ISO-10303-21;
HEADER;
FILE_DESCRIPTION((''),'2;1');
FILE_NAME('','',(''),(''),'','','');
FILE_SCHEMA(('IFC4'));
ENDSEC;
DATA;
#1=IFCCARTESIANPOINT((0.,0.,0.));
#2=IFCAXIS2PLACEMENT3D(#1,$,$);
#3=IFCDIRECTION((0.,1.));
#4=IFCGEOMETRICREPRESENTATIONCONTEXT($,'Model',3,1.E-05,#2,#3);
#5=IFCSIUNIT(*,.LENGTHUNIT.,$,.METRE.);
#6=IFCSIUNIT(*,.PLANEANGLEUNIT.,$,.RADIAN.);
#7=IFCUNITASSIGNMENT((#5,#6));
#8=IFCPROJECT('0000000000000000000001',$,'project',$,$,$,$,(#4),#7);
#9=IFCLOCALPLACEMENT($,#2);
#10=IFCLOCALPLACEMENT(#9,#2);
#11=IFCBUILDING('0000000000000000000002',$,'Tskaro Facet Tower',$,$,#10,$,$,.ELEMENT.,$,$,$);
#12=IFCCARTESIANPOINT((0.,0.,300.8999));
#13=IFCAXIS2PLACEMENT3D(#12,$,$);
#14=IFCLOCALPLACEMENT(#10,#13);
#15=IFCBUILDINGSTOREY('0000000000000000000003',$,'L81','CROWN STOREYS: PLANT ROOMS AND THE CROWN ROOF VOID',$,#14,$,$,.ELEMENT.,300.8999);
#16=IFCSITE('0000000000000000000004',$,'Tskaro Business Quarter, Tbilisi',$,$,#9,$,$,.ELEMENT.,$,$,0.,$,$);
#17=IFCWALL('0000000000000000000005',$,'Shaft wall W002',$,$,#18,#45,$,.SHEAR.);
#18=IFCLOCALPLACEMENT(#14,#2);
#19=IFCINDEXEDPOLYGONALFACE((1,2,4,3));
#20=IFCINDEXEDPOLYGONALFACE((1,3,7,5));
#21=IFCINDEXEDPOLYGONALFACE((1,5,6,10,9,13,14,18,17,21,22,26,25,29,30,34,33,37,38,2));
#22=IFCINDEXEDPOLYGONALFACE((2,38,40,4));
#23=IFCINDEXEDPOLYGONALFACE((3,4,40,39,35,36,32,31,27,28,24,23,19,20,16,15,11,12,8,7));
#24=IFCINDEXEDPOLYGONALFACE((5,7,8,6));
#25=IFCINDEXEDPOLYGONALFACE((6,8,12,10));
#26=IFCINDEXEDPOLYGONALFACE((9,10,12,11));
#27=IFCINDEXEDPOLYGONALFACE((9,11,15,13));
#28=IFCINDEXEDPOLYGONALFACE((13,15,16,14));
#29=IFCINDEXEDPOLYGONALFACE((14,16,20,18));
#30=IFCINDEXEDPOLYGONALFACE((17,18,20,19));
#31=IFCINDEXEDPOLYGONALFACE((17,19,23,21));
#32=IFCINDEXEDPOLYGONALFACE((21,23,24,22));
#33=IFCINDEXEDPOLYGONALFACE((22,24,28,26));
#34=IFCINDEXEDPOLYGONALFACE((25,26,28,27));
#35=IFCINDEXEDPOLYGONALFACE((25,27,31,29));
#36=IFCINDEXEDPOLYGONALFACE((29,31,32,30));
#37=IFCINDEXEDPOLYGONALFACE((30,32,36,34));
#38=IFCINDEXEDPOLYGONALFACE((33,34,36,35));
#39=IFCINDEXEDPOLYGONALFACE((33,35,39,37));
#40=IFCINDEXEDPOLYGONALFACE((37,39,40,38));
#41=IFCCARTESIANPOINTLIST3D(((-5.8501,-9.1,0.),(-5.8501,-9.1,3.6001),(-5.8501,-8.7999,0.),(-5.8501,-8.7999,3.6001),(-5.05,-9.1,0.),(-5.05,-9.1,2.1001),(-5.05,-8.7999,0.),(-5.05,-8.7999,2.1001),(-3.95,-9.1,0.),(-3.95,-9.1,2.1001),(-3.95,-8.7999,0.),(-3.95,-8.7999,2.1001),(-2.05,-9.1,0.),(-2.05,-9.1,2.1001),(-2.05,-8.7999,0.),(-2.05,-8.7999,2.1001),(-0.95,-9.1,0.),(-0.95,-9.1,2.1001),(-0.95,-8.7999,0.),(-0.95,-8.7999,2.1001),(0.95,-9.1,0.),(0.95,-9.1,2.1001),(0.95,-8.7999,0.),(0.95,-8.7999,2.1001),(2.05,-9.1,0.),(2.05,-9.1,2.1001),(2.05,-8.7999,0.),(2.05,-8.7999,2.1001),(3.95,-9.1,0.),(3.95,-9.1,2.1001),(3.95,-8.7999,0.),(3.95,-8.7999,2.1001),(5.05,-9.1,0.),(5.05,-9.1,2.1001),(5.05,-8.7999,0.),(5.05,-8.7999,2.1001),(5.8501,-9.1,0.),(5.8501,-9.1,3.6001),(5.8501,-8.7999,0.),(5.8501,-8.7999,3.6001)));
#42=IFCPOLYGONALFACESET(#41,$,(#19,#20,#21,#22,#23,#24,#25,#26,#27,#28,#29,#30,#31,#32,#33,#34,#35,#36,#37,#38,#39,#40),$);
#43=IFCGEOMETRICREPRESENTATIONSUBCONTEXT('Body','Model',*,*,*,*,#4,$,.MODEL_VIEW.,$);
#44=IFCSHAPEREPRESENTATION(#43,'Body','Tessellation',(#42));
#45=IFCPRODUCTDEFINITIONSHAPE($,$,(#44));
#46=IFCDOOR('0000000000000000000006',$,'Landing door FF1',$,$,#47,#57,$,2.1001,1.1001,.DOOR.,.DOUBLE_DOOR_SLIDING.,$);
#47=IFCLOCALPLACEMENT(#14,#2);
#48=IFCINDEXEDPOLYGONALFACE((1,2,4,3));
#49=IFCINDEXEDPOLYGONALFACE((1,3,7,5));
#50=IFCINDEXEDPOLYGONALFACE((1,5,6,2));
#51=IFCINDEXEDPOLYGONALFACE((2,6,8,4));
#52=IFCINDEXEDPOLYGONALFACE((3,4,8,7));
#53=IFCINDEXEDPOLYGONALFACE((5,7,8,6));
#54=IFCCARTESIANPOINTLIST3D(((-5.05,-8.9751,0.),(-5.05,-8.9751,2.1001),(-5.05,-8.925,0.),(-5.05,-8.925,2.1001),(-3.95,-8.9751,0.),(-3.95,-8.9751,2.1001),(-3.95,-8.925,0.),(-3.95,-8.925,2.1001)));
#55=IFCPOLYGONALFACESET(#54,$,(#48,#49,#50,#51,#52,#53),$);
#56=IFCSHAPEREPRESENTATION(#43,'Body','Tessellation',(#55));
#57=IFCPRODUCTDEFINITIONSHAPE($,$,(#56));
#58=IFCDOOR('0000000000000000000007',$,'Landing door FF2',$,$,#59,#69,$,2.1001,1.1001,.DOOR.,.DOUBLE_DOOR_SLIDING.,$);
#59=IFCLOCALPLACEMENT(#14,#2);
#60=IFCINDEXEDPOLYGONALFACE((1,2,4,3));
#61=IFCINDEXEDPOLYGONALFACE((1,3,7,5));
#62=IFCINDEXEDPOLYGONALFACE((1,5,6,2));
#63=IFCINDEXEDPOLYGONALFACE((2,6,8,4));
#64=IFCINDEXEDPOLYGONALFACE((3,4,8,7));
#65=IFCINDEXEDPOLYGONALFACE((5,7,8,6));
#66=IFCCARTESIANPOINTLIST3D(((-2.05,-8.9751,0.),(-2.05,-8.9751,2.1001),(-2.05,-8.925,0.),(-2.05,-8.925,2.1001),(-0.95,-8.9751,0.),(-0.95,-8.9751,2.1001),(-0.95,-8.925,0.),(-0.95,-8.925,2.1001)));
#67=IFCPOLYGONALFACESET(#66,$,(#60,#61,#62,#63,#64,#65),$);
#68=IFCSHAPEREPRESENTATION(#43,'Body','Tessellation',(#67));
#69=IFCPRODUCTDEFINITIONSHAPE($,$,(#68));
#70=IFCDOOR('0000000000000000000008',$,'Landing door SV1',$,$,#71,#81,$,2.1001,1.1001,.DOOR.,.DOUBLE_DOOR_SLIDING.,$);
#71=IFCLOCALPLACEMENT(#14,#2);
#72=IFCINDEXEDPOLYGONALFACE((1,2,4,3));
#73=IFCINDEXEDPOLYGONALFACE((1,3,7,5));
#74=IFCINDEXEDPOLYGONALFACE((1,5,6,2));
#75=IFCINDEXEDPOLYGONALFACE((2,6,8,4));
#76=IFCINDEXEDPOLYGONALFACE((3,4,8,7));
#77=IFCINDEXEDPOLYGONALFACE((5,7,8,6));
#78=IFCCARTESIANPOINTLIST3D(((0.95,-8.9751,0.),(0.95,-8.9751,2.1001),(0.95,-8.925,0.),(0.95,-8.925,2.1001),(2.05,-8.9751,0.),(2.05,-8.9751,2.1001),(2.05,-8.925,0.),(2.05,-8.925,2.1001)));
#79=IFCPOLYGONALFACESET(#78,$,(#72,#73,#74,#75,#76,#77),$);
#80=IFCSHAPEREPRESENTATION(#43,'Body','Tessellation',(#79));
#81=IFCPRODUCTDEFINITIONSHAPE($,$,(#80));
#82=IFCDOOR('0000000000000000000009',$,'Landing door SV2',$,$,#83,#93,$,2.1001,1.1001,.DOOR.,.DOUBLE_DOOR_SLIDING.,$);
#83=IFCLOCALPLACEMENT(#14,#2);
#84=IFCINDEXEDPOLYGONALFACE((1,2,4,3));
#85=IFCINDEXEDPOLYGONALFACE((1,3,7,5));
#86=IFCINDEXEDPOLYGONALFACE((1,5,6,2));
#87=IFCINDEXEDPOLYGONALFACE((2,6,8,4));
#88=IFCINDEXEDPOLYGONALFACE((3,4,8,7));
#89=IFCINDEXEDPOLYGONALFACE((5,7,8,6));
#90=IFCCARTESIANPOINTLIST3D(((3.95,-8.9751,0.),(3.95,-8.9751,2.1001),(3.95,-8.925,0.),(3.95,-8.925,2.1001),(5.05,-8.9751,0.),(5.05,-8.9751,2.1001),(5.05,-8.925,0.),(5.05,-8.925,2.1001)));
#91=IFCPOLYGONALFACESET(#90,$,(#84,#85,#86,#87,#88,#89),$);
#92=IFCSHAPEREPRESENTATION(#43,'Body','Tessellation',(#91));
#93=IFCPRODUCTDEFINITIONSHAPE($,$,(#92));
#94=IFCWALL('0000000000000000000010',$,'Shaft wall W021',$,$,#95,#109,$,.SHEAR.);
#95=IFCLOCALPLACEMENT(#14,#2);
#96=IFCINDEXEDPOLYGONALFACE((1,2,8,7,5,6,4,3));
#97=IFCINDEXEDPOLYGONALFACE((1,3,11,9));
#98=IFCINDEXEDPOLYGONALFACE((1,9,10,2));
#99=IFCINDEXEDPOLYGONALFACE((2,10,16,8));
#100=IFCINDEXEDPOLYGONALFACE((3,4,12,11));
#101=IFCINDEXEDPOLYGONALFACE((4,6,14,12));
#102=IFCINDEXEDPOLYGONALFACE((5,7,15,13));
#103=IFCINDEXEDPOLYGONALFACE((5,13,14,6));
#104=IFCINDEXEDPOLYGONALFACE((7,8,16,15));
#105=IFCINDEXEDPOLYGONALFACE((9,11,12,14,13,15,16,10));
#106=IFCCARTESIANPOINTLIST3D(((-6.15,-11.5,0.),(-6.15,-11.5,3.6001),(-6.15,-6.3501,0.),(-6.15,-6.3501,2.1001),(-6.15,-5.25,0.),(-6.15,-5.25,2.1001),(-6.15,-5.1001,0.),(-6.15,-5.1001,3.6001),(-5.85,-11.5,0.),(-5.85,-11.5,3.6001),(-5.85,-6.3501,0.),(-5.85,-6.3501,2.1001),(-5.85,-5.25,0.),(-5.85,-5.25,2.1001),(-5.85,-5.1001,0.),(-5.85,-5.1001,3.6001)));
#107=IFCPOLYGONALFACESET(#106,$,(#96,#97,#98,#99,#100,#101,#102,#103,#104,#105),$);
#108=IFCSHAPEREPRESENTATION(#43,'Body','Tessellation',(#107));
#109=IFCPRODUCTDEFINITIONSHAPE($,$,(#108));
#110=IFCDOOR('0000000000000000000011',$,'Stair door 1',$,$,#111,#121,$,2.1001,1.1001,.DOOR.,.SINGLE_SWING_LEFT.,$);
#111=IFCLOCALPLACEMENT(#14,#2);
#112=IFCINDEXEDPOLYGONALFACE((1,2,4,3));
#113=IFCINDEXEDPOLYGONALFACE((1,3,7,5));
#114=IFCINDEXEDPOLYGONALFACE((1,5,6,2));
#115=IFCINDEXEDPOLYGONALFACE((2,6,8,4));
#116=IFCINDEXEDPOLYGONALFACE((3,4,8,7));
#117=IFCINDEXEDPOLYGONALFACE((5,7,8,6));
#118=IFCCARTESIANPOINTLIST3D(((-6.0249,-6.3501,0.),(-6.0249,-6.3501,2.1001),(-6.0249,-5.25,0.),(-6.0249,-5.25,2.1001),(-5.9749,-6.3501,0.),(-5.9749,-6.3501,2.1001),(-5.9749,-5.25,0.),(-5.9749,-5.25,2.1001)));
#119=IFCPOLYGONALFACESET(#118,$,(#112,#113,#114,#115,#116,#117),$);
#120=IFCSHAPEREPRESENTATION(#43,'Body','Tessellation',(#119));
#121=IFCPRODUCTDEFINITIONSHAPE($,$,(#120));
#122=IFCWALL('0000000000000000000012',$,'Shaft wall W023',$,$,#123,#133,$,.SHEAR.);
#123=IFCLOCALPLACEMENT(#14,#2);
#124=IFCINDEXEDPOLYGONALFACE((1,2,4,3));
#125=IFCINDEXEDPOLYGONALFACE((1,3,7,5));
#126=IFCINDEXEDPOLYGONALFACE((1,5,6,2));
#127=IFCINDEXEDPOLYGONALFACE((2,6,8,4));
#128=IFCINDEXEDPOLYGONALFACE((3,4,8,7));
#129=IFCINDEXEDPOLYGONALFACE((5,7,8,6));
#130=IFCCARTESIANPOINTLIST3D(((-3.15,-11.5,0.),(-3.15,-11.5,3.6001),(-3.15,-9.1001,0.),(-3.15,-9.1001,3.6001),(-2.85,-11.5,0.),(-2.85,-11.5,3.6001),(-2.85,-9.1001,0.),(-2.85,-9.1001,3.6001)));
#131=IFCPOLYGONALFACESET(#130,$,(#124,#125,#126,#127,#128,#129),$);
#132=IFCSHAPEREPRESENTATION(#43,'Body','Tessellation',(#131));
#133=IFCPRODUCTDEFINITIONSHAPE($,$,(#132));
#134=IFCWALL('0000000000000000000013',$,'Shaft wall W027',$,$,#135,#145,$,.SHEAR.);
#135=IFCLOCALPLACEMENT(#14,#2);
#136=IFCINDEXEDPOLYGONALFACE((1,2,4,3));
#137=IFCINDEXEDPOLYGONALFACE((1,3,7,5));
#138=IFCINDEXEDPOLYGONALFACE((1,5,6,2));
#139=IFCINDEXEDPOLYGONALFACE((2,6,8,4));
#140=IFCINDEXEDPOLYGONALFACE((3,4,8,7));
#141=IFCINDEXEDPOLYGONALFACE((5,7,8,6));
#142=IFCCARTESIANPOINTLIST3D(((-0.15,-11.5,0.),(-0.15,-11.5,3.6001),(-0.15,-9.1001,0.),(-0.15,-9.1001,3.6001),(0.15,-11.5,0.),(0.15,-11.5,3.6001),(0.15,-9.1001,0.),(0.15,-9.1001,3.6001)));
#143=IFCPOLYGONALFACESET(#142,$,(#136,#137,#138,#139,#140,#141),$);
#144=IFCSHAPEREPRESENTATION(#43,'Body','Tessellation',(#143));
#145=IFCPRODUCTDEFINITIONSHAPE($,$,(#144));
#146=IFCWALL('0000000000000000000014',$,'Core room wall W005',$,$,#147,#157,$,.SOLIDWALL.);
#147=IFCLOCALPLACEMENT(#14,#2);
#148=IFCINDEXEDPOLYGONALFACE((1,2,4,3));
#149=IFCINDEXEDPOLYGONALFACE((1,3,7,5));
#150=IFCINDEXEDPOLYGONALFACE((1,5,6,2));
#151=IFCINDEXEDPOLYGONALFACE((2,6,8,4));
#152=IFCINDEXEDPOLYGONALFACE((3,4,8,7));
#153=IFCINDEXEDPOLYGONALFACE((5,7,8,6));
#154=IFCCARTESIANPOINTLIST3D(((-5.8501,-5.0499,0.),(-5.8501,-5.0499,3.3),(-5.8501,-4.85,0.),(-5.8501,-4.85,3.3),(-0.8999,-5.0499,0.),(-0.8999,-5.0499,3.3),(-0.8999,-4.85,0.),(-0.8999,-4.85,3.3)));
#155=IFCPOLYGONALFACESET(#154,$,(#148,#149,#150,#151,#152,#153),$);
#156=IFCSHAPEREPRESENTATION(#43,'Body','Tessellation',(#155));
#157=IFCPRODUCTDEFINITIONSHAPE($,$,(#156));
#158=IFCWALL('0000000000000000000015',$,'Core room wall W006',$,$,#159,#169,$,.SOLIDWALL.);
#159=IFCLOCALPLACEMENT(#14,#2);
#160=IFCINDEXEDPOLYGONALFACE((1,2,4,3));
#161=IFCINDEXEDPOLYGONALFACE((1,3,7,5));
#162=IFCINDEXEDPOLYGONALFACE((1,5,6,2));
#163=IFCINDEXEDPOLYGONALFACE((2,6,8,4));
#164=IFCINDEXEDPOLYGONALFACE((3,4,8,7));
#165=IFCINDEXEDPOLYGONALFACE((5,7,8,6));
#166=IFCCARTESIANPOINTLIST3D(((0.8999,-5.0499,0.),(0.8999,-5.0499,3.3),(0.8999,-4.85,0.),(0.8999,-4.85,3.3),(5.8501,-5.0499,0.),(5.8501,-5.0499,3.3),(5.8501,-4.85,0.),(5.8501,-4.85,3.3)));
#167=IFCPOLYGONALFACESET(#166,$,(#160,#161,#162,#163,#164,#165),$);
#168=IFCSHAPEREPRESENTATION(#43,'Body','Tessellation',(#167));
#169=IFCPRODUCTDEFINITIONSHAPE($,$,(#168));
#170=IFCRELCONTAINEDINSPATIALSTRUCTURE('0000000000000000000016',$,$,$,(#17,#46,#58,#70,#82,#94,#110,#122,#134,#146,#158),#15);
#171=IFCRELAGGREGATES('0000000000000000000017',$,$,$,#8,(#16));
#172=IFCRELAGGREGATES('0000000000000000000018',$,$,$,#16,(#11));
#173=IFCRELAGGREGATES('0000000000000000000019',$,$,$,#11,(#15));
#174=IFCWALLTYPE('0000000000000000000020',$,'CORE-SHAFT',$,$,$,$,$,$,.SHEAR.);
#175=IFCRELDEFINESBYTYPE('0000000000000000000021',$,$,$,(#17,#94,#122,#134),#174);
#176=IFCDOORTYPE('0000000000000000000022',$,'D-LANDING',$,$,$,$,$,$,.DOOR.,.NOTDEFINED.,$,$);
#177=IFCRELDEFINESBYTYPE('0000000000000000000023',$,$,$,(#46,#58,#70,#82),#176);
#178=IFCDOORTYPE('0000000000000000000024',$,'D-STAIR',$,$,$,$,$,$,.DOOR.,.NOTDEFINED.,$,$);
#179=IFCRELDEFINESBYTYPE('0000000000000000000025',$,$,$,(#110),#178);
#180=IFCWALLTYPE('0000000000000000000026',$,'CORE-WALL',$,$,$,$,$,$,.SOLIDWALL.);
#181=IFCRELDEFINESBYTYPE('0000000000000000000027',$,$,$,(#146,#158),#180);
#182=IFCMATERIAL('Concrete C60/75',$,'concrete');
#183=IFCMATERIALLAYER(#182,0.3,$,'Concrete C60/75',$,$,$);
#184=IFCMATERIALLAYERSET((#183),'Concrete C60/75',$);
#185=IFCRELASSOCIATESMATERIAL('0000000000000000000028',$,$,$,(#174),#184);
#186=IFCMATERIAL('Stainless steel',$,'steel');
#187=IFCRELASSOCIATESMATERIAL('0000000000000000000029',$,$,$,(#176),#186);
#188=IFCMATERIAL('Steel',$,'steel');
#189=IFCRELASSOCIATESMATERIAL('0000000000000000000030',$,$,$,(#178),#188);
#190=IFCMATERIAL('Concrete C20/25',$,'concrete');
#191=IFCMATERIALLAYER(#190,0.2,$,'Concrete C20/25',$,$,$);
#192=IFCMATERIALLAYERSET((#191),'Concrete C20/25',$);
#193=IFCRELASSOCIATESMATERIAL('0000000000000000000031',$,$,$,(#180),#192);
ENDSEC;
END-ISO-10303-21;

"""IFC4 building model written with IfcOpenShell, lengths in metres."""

from ifc_helpers import new_model, si_unit, direction, frame, frame_2d, origin, place, context, subcontext, project, spatial, rectangle, extrude, material, layer, layer_set, type_object, element, fill, save


model = new_model("IFC4")

# Units and contexts
model_context = context("Model", 3, precision=1e-05, world=origin(), true_north=direction((0.0, 1.0)))
body_context = subcontext(model_context, "Body", "Model", "MODEL_VIEW")
ifc_project = project(units=[si_unit("LENGTHUNIT", "METRE"), si_unit("PLANEANGLEUNIT", "RADIAN")], contexts=[model_context])

# Site, building, storey
site_placement = place(None, origin())
site = spatial("IfcSite", under=ifc_project, at=site_placement, Name="Tskaro Business Quarter, Tbilisi", CompositionType="ELEMENT", RefElevation=0.0)
building_placement = place(site_placement, origin())
building = spatial("IfcBuilding", under=site, at=building_placement, Name="Tskaro Facet Tower", CompositionType="ELEMENT")
storey_placement = place(building_placement, frame((0.0, 0.0, 300.8999)))
storey = spatial("IfcBuildingStorey", under=building, at=storey_placement, Name="L81", Description="CROWN STOREYS: PLANT ROOMS AND THE CROWN ROOF VOID", CompositionType="ELEMENT", Elevation=300.8999)

# Wall, openings, doors
ifc_material_1 = material(Name="Concrete C60/75", Category="concrete")
ifc_layer_1 = layer(ifc_material_1, 0.3, Name="Concrete C60/75")
ifc_layer_set_1 = layer_set([ifc_layer_1], Name="Concrete C60/75")
wall_type_1 = type_object("IfcWallType", Name="CORE-SHAFT", PredefinedType="SHEAR", material=ifc_layer_set_1)
wall_1_placement = place(storey_placement, frame((-5.8501, -8.95, 0.0), z_axis=(0.0, 0.0, 1.0), x_axis=(1.0, 0.0, 0.0)))
wall_1 = element("IfcWall", 1, at=wall_1_placement, inside=storey, type_object=wall_type_1, Name="Shaft wall W002", PredefinedType="SHEAR", context=body_context, shape_type="SweptSolid", body=[
    extrude(rectangle(XDim=11.7002, YDim=0.3, at=frame_2d((5.8501, 0.0))), origin(), (0.0, 0.0, 1.0), 3.6001),
])
opening_1_placement = place(wall_1_placement, frame((0.8, 0.0, 0.0)))
opening_1 = element("IfcOpeningElement", 2, at=opening_1_placement, cuts=wall_1, PredefinedType="OPENING", context=body_context, shape_type="SweptSolid", body=[
    extrude(rectangle(XDim=1.1001, YDim=2.1001, at=frame_2d((0.55, 1.05))), frame((0.0, 0.1599, 0.0), z_axis=(0.0, -1.0, 0.0), x_axis=(1.0, 0.0, 0.0)), (0.0, 0.0, 1.0), 0.3201),
])
opening_2_placement = place(wall_1_placement, frame((3.8, 0.0, 0.0)))
opening_2 = element("IfcOpeningElement", 3, at=opening_2_placement, cuts=wall_1, PredefinedType="OPENING", context=body_context, shape_type="SweptSolid", body=[
    extrude(rectangle(XDim=1.1001, YDim=2.1001, at=frame_2d((0.55, 1.05))), frame((0.0, 0.1599, 0.0), z_axis=(0.0, -1.0, 0.0), x_axis=(1.0, 0.0, 0.0)), (0.0, 0.0, 1.0), 0.3201),
])
opening_3_placement = place(wall_1_placement, frame((6.8, 0.0, 0.0)))
opening_3 = element("IfcOpeningElement", 4, at=opening_3_placement, cuts=wall_1, PredefinedType="OPENING", context=body_context, shape_type="SweptSolid", body=[
    extrude(rectangle(XDim=1.1001, YDim=2.1001, at=frame_2d((0.55, 1.05))), frame((0.0, 0.1599, 0.0), z_axis=(0.0, -1.0, 0.0), x_axis=(1.0, 0.0, 0.0)), (0.0, 0.0, 1.0), 0.3201),
])
opening_4_placement = place(wall_1_placement, frame((9.8, 0.0, 0.0)))
opening_4 = element("IfcOpeningElement", 5, at=opening_4_placement, cuts=wall_1, PredefinedType="OPENING", context=body_context, shape_type="SweptSolid", body=[
    extrude(rectangle(XDim=1.1001, YDim=2.1001, at=frame_2d((0.55, 1.05))), frame((0.0, 0.1599, 0.0), z_axis=(0.0, -1.0, 0.0), x_axis=(1.0, 0.0, 0.0)), (0.0, 0.0, 1.0), 0.3201),
])
ifc_material_2 = material(Name="Stainless steel", Category="steel")
door_type_1 = type_object("IfcDoorType", Name="D-LANDING", OperationType="NOTDEFINED", PredefinedType="DOOR", material=ifc_material_2)
door_1_placement = place(opening_1_placement, origin())
door_1 = element("IfcDoor", 6, at=door_1_placement, inside=storey, type_object=door_type_1, Name="Landing door FF1", OperationType="DOUBLE_DOOR_SLIDING", OverallHeight=2.1001, OverallWidth=1.1001, PredefinedType="DOOR", context=body_context, shape_type="SweptSolid", body=[
    extrude(rectangle(XDim=1.1001, YDim=2.1001, at=frame_2d((0.55, 1.05))), frame((0.0, 0.0249, 0.0), z_axis=(0.0, -1.0, 0.0), x_axis=(1.0, 0.0, 0.0)), (0.0, 0.0, 1.0), 0.05),
])
fill(opening_1, door_1)
door_2_placement = place(opening_2_placement, origin())
door_2 = element("IfcDoor", 7, at=door_2_placement, inside=storey, type_object=door_type_1, Name="Landing door FF2", OperationType="DOUBLE_DOOR_SLIDING", OverallHeight=2.1001, OverallWidth=1.1001, PredefinedType="DOOR", context=body_context, shape_type="SweptSolid", body=[
    extrude(rectangle(XDim=1.1001, YDim=2.1001, at=frame_2d((0.55, 1.05))), frame((0.0, 0.0249, 0.0), z_axis=(0.0, -1.0, 0.0), x_axis=(1.0, 0.0, 0.0)), (0.0, 0.0, 1.0), 0.05),
])
fill(opening_2, door_2)
door_3_placement = place(opening_3_placement, origin())
door_3 = element("IfcDoor", 8, at=door_3_placement, inside=storey, type_object=door_type_1, Name="Landing door SV1", OperationType="DOUBLE_DOOR_SLIDING", OverallHeight=2.1001, OverallWidth=1.1001, PredefinedType="DOOR", context=body_context, shape_type="SweptSolid", body=[
    extrude(rectangle(XDim=1.1001, YDim=2.1001, at=frame_2d((0.55, 1.05))), frame((0.0, 0.0249, 0.0), z_axis=(0.0, -1.0, 0.0), x_axis=(1.0, 0.0, 0.0)), (0.0, 0.0, 1.0), 0.05),
])
fill(opening_3, door_3)
door_4_placement = place(opening_4_placement, origin())
door_4 = element("IfcDoor", 9, at=door_4_placement, inside=storey, type_object=door_type_1, Name="Landing door SV2", OperationType="DOUBLE_DOOR_SLIDING", OverallHeight=2.1001, OverallWidth=1.1001, PredefinedType="DOOR", context=body_context, shape_type="SweptSolid", body=[
    extrude(rectangle(XDim=1.1001, YDim=2.1001, at=frame_2d((0.55, 1.05))), frame((0.0, 0.0249, 0.0), z_axis=(0.0, -1.0, 0.0), x_axis=(1.0, 0.0, 0.0)), (0.0, 0.0, 1.0), 0.05),
])
fill(opening_4, door_4)

# Wall, opening, door
wall_2_placement = place(storey_placement, frame((-6.0, -11.5, 0.0), z_axis=(0.0, 0.0, 1.0), x_axis=(0.0, 1.0, 0.0)))
wall_2 = element("IfcWall", 10, at=wall_2_placement, inside=storey, type_object=wall_type_1, Name="Shaft wall W021", PredefinedType="SHEAR", context=body_context, shape_type="SweptSolid", body=[
    extrude(rectangle(XDim=6.3999, YDim=0.3, at=frame_2d((3.2, 0.0))), origin(), (0.0, 0.0, 1.0), 3.6001),
])
opening_5_placement = place(wall_2_placement, frame((5.1499, 0.0, 0.0)))
opening_5 = element("IfcOpeningElement", 11, at=opening_5_placement, cuts=wall_2, PredefinedType="OPENING", context=body_context, shape_type="SweptSolid", body=[
    extrude(rectangle(XDim=1.1001, YDim=2.1001, at=frame_2d((0.55, 1.05))), frame((0.0, 0.1599, 0.0), z_axis=(0.0, -1.0, 0.0), x_axis=(1.0, 0.0, 0.0)), (0.0, 0.0, 1.0), 0.3201),
])
ifc_material_3 = material(Name="Steel", Category="steel")
door_type_2 = type_object("IfcDoorType", Name="D-STAIR", OperationType="NOTDEFINED", PredefinedType="DOOR", material=ifc_material_3)
door_5_placement = place(opening_5_placement, origin())
door_5 = element("IfcDoor", 12, at=door_5_placement, inside=storey, type_object=door_type_2, Name="Stair door 1", OperationType="SINGLE_SWING_LEFT", OverallHeight=2.1001, OverallWidth=1.1001, PredefinedType="DOOR", context=body_context, shape_type="SweptSolid", body=[
    extrude(rectangle(XDim=1.1001, YDim=2.1001, at=frame_2d((0.55, 1.05))), frame((0.0, 0.0249, 0.0), z_axis=(0.0, -1.0, 0.0), x_axis=(1.0, 0.0, 0.0)), (0.0, 0.0, 1.0), 0.05),
])
fill(opening_5, door_5)

# Walls
for number, where, z_axis, x_axis, name in (
    (13, (-3.0, -11.5, 0.0), (0.0, 0.0, 1.0), (0.0, 1.0, 0.0), "Shaft wall W023"),
    (14, (0.0, -11.5, 0.0), (0.0, 0.0, 1.0), (0.0, 1.0, 0.0), "Shaft wall W027"),
):
    element("IfcWall", number, at=place(storey_placement, frame(where, z_axis=z_axis, x_axis=x_axis)), inside=storey, type_object=wall_type_1, Name=name, PredefinedType="SHEAR", context=body_context, shape_type="SweptSolid", body=[
        extrude(rectangle(XDim=2.3999, YDim=0.3, at=frame_2d((1.2, 0.0))), origin(), (0.0, 0.0, 1.0), 3.6001),
    ])
ifc_material_4 = material(Name="Concrete C20/25", Category="concrete")
ifc_layer_2 = layer(ifc_material_4, 0.2, Name="Concrete C20/25")
ifc_layer_set_2 = layer_set([ifc_layer_2], Name="Concrete C20/25")
wall_type_2 = type_object("IfcWallType", Name="CORE-WALL", PredefinedType="SOLIDWALL", material=ifc_layer_set_2)
for number, where, z_axis, x_axis, name in (
    (15, (-5.8501, -4.95, 0.0), (0.0, 0.0, 1.0), (1.0, 0.0, 0.0), "Core room wall W005"),
    (16, (0.8999, -4.95, 0.0), (0.0, 0.0, 1.0), (1.0, 0.0, 0.0), "Core room wall W006"),
):
    element("IfcWall", number, at=place(storey_placement, frame(where, z_axis=z_axis, x_axis=x_axis)), inside=storey, type_object=wall_type_2, Name=name, PredefinedType="SOLIDWALL", context=body_context, shape_type="SweptSolid", body=[
        extrude(rectangle(XDim=4.9502, YDim=0.2, at=frame_2d((2.4751, 0.0))), origin(), (0.0, 0.0, 1.0), 3.3),
    ])

save(model, "model.ifc")
